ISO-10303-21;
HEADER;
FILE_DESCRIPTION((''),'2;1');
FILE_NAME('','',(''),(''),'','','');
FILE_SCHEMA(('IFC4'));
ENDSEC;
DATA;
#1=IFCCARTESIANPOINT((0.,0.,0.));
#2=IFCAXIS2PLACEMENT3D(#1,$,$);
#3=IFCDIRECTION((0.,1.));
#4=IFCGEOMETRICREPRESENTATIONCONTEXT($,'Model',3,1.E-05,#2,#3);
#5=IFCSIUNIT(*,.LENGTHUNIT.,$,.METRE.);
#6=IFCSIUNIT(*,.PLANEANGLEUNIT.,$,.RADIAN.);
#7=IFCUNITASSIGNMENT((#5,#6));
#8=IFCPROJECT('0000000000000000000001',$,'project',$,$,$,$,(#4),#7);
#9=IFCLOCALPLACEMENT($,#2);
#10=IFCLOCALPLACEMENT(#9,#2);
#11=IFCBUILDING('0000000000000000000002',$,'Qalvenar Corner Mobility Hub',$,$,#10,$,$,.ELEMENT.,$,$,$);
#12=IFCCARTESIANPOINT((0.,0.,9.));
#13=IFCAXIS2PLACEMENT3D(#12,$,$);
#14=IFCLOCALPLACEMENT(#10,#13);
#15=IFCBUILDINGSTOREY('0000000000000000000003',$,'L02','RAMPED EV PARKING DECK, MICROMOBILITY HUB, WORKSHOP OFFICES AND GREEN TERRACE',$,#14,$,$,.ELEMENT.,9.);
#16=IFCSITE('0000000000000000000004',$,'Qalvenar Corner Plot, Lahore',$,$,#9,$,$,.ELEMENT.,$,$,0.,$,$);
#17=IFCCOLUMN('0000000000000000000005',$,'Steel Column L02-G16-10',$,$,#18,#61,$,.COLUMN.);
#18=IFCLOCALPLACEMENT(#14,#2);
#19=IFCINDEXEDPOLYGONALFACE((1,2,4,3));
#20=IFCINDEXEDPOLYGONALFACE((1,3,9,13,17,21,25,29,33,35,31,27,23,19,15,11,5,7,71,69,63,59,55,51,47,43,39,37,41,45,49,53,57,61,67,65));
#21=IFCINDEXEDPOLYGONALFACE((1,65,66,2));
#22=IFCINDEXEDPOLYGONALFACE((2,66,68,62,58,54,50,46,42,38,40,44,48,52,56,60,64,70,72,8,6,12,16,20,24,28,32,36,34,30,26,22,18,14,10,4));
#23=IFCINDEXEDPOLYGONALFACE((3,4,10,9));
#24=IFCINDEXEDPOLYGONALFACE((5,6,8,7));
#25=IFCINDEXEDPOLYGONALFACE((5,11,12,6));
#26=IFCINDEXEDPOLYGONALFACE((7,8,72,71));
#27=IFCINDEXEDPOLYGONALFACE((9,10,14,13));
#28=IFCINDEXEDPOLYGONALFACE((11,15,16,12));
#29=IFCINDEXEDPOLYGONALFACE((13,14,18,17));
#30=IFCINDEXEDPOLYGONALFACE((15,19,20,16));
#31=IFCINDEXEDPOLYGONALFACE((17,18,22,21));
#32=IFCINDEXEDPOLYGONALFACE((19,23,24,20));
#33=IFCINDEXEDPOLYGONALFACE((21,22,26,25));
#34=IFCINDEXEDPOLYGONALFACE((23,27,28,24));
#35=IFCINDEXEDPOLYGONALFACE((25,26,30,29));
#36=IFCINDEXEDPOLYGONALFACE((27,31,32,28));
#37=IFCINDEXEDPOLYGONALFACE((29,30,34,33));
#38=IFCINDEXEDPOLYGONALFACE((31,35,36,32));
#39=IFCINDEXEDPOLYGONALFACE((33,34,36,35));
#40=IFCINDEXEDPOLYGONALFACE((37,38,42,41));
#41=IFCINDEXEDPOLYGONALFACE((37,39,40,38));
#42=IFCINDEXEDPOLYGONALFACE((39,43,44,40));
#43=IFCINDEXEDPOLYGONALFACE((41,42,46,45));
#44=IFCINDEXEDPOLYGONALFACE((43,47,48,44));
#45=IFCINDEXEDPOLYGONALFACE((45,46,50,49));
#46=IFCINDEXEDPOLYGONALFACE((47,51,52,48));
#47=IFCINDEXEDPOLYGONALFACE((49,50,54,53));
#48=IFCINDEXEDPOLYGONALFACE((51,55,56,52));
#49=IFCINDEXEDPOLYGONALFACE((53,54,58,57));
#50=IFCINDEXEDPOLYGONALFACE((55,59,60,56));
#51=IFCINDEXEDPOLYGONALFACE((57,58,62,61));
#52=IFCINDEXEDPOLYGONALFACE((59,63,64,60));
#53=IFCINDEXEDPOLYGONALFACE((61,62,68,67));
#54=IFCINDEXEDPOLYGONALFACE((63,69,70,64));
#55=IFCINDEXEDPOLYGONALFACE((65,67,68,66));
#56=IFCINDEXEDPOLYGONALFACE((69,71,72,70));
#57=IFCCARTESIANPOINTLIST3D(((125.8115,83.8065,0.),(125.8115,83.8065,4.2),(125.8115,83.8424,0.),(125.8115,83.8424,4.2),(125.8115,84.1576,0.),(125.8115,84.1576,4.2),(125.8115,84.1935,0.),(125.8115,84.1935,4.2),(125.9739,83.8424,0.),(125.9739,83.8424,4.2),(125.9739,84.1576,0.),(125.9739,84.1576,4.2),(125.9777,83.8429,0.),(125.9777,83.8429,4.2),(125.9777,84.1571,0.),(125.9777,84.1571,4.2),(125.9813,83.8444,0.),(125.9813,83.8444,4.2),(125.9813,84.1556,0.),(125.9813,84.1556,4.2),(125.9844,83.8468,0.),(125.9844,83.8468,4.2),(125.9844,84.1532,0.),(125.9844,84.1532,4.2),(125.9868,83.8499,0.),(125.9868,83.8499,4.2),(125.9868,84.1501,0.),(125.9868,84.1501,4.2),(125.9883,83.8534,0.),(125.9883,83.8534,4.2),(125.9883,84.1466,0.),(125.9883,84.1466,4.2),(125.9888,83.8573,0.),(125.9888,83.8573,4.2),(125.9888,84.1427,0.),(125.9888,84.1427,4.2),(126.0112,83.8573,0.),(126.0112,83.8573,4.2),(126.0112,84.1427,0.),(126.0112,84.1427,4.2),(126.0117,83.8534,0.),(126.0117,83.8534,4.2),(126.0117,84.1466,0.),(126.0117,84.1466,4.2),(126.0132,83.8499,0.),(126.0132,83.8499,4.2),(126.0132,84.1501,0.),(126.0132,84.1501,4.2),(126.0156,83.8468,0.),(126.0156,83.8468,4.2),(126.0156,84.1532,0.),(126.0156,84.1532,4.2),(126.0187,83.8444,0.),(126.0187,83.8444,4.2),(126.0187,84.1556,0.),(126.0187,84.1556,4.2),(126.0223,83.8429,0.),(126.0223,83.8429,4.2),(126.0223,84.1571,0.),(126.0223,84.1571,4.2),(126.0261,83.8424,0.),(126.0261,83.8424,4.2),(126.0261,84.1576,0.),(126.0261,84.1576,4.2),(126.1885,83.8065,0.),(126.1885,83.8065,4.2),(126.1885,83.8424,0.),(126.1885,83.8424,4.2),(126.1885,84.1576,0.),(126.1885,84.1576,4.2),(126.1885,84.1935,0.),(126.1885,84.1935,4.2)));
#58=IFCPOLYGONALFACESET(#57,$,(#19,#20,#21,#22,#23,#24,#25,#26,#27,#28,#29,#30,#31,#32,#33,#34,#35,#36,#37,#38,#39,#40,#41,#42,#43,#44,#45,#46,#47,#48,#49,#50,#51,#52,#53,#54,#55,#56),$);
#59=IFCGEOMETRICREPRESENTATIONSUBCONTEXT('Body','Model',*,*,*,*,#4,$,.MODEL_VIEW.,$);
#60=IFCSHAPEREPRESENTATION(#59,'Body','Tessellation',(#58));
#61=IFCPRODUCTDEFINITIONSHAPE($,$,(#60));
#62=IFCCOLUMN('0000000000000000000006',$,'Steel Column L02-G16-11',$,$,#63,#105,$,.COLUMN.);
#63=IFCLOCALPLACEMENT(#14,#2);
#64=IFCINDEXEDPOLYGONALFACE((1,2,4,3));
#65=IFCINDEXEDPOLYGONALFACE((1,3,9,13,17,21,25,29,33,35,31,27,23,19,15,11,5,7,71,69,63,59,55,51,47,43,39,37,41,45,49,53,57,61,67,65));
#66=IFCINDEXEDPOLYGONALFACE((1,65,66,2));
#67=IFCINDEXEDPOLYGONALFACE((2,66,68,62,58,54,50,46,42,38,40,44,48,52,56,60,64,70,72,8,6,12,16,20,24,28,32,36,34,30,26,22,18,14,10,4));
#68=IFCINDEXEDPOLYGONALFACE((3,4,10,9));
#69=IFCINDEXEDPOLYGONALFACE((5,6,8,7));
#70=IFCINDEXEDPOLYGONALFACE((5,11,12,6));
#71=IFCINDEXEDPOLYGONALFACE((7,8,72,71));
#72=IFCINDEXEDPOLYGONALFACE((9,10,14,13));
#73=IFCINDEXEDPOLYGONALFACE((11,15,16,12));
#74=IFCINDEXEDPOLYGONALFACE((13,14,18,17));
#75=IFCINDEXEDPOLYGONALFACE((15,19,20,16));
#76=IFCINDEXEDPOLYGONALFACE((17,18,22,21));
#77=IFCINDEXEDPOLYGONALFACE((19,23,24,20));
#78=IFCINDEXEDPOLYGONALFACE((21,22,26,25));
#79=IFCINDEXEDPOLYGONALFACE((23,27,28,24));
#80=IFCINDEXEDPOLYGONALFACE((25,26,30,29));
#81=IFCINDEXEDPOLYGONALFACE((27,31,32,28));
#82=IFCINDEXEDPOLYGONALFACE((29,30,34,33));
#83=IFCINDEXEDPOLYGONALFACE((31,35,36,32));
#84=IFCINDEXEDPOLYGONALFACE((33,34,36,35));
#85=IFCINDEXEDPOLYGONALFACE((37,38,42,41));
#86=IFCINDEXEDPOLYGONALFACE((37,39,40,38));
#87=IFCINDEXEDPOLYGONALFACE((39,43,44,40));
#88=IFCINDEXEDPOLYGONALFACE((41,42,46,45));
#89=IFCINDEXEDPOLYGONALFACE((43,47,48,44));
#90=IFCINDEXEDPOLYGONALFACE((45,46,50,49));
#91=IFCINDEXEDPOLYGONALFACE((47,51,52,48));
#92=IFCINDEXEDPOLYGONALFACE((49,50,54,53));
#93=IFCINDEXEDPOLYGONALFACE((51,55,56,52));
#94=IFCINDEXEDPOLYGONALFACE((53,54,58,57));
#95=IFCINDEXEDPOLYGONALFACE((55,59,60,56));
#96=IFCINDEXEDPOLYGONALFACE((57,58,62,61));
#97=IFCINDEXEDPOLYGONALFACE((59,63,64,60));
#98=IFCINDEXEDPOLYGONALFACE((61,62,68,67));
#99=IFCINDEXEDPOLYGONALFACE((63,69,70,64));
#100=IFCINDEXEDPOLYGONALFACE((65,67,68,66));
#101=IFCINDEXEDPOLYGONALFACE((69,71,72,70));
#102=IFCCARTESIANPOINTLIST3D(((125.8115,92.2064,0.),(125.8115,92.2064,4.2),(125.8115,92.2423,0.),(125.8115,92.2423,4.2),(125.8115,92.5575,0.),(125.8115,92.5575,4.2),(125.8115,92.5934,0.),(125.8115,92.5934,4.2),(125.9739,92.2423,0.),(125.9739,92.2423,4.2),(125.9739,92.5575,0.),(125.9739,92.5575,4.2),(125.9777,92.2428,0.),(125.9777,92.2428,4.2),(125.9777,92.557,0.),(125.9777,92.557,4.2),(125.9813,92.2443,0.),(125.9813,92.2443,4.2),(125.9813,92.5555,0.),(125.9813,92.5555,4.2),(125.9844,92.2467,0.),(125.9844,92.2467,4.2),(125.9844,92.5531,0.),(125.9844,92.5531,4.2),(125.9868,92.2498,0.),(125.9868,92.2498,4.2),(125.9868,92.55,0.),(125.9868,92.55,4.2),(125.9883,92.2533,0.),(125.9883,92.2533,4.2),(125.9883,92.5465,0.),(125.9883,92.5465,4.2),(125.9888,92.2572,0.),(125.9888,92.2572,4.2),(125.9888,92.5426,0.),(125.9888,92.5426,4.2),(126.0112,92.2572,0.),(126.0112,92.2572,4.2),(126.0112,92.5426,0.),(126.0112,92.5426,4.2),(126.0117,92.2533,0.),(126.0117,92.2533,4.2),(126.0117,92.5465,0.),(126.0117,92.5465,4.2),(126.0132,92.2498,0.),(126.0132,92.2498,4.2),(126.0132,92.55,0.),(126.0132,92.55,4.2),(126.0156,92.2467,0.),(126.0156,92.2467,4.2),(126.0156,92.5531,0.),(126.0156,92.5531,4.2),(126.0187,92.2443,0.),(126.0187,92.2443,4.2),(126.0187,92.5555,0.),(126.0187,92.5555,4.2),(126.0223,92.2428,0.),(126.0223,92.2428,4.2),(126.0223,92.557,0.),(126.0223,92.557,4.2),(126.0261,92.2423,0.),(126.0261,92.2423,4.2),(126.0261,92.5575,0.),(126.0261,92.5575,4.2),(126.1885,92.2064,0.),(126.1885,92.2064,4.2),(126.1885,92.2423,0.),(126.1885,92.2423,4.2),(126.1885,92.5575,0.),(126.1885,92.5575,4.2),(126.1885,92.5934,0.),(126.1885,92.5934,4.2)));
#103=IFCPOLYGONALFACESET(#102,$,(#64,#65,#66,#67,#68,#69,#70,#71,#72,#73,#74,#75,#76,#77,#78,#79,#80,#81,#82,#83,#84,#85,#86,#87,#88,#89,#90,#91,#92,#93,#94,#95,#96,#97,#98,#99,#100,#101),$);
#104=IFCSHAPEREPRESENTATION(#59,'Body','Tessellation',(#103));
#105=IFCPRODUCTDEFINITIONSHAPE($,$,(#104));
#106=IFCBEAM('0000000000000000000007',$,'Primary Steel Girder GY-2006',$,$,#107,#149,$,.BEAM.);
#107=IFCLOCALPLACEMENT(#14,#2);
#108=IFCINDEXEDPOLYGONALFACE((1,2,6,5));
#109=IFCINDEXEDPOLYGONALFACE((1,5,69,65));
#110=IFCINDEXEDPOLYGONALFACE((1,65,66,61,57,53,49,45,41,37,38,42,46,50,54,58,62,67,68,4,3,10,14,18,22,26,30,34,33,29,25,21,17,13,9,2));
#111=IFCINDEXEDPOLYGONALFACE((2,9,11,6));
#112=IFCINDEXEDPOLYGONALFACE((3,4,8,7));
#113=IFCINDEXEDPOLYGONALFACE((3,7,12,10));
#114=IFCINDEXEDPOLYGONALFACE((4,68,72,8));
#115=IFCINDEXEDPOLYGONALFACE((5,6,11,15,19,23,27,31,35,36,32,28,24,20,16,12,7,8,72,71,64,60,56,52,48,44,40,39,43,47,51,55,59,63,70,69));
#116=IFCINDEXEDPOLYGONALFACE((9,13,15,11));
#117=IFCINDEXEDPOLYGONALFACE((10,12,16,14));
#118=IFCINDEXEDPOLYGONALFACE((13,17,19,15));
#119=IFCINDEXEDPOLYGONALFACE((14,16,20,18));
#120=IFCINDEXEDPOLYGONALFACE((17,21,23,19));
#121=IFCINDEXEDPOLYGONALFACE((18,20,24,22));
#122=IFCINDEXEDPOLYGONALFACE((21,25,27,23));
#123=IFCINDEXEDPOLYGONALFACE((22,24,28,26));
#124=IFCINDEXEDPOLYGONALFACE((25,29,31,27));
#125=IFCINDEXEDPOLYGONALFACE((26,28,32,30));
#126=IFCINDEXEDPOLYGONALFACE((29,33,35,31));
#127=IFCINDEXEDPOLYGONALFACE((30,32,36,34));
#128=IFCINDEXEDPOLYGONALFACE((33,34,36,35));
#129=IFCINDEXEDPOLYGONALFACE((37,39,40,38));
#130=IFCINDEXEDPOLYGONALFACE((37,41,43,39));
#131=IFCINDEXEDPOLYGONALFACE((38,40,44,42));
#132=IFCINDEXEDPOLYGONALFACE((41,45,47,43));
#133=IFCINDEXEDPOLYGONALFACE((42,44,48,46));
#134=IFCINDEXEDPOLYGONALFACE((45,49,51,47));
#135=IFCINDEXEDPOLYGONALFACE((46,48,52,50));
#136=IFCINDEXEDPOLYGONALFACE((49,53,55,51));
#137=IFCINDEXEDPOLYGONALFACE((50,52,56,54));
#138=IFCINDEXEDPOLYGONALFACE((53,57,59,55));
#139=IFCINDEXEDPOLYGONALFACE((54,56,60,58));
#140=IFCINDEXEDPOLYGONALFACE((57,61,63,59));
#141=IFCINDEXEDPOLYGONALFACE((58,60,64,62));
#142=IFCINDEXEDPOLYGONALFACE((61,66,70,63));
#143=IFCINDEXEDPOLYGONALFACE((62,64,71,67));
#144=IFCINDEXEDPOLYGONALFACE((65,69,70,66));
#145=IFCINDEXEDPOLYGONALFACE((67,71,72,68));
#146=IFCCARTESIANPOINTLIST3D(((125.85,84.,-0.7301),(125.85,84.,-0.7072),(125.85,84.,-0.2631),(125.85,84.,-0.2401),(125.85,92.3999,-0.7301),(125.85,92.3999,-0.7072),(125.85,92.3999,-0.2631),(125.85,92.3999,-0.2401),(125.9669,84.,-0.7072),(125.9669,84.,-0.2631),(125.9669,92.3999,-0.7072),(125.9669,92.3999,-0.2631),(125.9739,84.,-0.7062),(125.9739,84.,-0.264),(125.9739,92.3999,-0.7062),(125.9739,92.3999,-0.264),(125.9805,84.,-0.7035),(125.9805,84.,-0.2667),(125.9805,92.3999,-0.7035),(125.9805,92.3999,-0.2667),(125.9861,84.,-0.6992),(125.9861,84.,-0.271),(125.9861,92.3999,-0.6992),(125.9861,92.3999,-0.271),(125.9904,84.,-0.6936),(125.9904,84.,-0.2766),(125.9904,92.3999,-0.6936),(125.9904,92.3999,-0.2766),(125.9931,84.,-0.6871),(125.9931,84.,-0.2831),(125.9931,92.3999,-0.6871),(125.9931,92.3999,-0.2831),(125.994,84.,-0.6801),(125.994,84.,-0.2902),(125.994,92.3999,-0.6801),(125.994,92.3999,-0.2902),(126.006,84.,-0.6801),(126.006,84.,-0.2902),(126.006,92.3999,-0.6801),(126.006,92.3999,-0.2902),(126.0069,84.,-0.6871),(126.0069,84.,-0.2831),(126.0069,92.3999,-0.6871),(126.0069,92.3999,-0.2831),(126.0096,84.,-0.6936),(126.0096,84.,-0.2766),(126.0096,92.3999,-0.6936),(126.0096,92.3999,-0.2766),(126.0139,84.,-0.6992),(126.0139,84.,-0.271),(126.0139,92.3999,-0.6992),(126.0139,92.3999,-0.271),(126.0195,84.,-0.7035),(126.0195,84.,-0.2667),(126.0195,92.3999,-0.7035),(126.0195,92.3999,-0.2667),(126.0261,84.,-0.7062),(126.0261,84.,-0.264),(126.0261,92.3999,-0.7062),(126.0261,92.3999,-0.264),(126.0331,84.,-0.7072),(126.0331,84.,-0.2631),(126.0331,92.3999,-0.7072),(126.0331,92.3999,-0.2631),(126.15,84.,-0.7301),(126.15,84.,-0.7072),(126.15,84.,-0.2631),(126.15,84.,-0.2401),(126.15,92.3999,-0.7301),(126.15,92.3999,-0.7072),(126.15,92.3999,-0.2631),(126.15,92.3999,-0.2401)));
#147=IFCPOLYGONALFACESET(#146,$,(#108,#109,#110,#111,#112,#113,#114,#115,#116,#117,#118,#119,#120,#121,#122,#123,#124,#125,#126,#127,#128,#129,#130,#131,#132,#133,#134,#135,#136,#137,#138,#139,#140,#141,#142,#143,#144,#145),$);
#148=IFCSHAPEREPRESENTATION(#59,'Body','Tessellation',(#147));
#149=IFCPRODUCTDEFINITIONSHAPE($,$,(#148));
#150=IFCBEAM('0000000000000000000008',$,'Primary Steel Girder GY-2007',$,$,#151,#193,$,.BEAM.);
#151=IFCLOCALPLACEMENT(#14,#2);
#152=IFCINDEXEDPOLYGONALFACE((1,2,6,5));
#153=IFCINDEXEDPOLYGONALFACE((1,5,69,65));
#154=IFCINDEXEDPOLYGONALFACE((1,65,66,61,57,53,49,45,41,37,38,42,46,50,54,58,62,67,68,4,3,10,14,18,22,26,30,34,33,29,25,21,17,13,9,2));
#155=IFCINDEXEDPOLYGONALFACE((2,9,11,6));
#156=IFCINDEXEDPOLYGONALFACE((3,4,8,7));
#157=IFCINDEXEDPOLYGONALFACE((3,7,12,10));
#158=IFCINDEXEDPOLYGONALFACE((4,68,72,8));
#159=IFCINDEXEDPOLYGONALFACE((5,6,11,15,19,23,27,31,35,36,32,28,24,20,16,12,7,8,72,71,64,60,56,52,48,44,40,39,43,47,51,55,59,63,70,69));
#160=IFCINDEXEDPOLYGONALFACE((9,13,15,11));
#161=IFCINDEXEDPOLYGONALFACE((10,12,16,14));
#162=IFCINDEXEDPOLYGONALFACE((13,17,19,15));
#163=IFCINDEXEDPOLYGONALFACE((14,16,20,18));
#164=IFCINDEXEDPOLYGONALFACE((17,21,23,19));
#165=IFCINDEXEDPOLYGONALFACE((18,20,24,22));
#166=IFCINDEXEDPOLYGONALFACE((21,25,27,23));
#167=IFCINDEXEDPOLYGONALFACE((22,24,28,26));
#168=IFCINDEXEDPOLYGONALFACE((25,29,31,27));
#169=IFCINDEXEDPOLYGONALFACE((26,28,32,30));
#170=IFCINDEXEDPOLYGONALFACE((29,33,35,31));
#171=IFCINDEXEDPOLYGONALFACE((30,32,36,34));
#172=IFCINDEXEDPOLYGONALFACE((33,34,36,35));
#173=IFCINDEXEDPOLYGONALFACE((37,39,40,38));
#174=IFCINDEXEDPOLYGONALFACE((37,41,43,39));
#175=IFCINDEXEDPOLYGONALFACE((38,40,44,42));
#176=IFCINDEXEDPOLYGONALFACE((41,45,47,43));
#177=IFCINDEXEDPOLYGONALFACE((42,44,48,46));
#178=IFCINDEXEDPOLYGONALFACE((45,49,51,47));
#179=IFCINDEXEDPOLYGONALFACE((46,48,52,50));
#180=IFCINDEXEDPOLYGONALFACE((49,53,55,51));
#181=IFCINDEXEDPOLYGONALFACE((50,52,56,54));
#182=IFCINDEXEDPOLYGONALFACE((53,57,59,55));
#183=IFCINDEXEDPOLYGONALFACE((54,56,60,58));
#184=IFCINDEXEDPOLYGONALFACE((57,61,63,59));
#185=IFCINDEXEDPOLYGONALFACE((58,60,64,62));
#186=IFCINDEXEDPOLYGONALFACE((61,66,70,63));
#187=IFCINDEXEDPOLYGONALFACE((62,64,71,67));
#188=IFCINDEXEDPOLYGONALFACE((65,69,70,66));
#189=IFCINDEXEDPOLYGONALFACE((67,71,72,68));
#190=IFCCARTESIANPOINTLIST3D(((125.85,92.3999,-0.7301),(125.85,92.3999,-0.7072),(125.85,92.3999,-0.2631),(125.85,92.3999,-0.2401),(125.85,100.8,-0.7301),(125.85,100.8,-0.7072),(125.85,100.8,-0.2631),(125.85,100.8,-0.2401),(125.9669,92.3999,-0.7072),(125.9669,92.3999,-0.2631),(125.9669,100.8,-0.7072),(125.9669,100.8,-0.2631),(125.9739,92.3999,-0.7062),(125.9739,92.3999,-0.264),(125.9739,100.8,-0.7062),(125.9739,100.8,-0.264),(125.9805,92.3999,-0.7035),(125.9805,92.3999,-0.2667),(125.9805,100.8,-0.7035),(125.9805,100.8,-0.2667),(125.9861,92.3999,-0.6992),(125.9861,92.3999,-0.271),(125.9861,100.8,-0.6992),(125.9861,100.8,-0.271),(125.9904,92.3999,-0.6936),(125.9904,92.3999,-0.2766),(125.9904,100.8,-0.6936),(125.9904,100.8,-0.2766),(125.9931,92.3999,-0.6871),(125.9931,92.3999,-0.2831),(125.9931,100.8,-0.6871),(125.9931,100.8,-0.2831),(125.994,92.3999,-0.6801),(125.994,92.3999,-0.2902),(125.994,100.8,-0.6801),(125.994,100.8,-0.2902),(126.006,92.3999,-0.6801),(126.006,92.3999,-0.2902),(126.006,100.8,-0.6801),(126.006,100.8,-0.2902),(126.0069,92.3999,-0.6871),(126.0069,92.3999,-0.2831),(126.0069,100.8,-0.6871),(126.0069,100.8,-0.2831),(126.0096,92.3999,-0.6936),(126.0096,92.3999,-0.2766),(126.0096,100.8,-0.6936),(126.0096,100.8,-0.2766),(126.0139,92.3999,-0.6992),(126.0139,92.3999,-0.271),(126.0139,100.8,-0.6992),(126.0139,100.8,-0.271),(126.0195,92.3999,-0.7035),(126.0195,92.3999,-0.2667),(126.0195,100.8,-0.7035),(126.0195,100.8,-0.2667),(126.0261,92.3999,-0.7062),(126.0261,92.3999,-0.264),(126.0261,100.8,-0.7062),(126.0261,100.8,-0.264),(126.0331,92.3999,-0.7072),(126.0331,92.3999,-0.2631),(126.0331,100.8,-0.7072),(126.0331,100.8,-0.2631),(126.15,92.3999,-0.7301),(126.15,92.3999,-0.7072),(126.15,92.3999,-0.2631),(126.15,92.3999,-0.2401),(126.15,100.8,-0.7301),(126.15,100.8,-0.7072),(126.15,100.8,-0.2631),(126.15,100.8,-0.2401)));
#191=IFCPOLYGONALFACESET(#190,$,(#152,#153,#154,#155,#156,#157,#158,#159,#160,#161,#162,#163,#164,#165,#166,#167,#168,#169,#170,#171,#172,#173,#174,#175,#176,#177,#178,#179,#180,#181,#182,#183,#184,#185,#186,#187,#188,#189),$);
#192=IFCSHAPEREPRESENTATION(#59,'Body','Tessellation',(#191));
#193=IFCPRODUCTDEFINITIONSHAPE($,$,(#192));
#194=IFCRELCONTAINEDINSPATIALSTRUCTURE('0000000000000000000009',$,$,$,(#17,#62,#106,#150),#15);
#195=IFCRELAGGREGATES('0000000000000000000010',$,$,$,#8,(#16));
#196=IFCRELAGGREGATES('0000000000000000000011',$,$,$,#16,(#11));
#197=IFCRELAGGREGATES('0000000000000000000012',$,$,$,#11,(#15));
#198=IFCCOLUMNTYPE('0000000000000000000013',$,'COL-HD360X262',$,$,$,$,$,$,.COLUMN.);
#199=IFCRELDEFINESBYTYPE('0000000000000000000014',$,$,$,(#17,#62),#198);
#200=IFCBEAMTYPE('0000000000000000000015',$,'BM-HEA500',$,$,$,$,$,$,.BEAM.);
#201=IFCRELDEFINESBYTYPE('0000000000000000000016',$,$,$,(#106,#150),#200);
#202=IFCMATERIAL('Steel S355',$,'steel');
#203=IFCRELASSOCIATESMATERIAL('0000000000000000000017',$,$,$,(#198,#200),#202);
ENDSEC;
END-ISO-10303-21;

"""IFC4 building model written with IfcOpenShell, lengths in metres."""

from ifc_helpers import new_model, si_unit, direction, frame, origin, origin_2d, place, context, subcontext, project, spatial, i_section, extrude, material, material_profile, profile_set, type_object, element, save


model = new_model("IFC4")

# Units and contexts
model_context = context("Model", 3, precision=1e-05, world=origin(), true_north=direction((0.0, 1.0)))
body_context = subcontext(model_context, "Body", "Model", "MODEL_VIEW")
ifc_project = project(units=[si_unit("LENGTHUNIT", "METRE"), si_unit("PLANEANGLEUNIT", "RADIAN")], contexts=[model_context])

# Site, building, storey
site_placement = place(None, origin())
site = spatial("IfcSite", under=ifc_project, at=site_placement, Name="Qalvenar Corner Plot, Lahore", CompositionType="ELEMENT", RefElevation=0.0)
building_placement = place(site_placement, origin())
building = spatial("IfcBuilding", under=site, at=building_placement, Name="Qalvenar Corner Mobility Hub", CompositionType="ELEMENT")
storey_placement = place(building_placement, frame((0.0, 0.0, 9.0)))
storey = spatial("IfcBuildingStorey", under=building, at=storey_placement, Name="L02", Description="RAMPED EV PARKING DECK, MICROMOBILITY HUB, WORKSHOP OFFICES AND GREEN TERRACE", CompositionType="ELEMENT", Elevation=9.0)

# Columns
ifc_material_1 = material(Name="Steel S355", Category="steel")
ifc_material_profile_1 = material_profile(ifc_material_1, i_section(OverallWidth=0.377, OverallDepth=0.387, WebThickness=0.0225, FlangeThickness=0.0359, FilletRadius=0.0149, at=origin_2d()), Name="HD360x262")
ifc_profile_set_1 = profile_set([ifc_material_profile_1], Name="Steel S355")
column_type = type_object("IfcColumnType", Name="COL-HD360X262", PredefinedType="COLUMN", material=ifc_profile_set_1)
for number, where, z_axis, x_axis, name in (
    (1, (126.0, 84.0, 0.0), (0.0, 0.0, 1.0), (1.0, 0.0, 0.0), "Steel Column L02-G16-10"),
    (2, (126.0, 92.3999, 0.0), (0.0, 0.0, 1.0), (1.0, 0.0, 0.0), "Steel Column L02-G16-11"),
):
    element("IfcColumn", number, at=place(storey_placement, frame(where, z_axis=z_axis, x_axis=x_axis)), inside=storey, type_object=column_type, Name=name, PredefinedType="COLUMN", context=body_context, shape_type="SweptSolid", body=[
        extrude(i_section(OverallWidth=0.377, OverallDepth=0.387, WebThickness=0.0225, FlangeThickness=0.0359, FilletRadius=0.0149, at=origin_2d()), origin(), (0.0, 0.0, 1.0), 4.2),
    ])

# Beams
ifc_material_profile_2 = material_profile(ifc_material_1, i_section(OverallWidth=0.3, OverallDepth=0.49, WebThickness=0.012, FlangeThickness=0.0229, FilletRadius=0.0271, at=origin_2d()), Name="HEA500")
ifc_profile_set_2 = profile_set([ifc_material_profile_2], Name="Steel S355")
beam_type_1 = type_object("IfcBeamType", Name="BM-HEA500", PredefinedType="BEAM", material=ifc_profile_set_2)
beam_1_placement = place(storey_placement, frame((126.0, 84.0, -0.4851), z_axis=(0.0, 1.0, 0.0), x_axis=(-1.0, 0.0, 0.0)))
element("IfcBeam", 3, at=beam_1_placement, inside=storey, type_object=beam_type_1, Name="Primary Steel Girder GY-2006", PredefinedType="BEAM", context=body_context, shape_type="SweptSolid", body=[
    extrude(i_section(OverallWidth=0.3, OverallDepth=0.49, WebThickness=0.012, FlangeThickness=0.0229, FilletRadius=0.0271, at=origin_2d()), origin(), (0.0, 0.0, 1.0), 8.3999),
])
beam_2_placement = place(storey_placement, frame((126.0, 92.3999, -0.4851), z_axis=(0.0, 1.0, 0.0), x_axis=(-1.0, 0.0, 0.0)))
element("IfcBeam", 4, at=beam_2_placement, inside=storey, type_object=beam_type_1, Name="Primary Steel Girder GY-2007", PredefinedType="BEAM", context=body_context, shape_type="SweptSolid", body=[
    extrude(i_section(OverallWidth=0.3, OverallDepth=0.49, WebThickness=0.012, FlangeThickness=0.0229, FilletRadius=0.0271, at=origin_2d()), origin(), (0.0, 0.0, 1.0), 8.4001),
])

save(model, "model.ifc")
